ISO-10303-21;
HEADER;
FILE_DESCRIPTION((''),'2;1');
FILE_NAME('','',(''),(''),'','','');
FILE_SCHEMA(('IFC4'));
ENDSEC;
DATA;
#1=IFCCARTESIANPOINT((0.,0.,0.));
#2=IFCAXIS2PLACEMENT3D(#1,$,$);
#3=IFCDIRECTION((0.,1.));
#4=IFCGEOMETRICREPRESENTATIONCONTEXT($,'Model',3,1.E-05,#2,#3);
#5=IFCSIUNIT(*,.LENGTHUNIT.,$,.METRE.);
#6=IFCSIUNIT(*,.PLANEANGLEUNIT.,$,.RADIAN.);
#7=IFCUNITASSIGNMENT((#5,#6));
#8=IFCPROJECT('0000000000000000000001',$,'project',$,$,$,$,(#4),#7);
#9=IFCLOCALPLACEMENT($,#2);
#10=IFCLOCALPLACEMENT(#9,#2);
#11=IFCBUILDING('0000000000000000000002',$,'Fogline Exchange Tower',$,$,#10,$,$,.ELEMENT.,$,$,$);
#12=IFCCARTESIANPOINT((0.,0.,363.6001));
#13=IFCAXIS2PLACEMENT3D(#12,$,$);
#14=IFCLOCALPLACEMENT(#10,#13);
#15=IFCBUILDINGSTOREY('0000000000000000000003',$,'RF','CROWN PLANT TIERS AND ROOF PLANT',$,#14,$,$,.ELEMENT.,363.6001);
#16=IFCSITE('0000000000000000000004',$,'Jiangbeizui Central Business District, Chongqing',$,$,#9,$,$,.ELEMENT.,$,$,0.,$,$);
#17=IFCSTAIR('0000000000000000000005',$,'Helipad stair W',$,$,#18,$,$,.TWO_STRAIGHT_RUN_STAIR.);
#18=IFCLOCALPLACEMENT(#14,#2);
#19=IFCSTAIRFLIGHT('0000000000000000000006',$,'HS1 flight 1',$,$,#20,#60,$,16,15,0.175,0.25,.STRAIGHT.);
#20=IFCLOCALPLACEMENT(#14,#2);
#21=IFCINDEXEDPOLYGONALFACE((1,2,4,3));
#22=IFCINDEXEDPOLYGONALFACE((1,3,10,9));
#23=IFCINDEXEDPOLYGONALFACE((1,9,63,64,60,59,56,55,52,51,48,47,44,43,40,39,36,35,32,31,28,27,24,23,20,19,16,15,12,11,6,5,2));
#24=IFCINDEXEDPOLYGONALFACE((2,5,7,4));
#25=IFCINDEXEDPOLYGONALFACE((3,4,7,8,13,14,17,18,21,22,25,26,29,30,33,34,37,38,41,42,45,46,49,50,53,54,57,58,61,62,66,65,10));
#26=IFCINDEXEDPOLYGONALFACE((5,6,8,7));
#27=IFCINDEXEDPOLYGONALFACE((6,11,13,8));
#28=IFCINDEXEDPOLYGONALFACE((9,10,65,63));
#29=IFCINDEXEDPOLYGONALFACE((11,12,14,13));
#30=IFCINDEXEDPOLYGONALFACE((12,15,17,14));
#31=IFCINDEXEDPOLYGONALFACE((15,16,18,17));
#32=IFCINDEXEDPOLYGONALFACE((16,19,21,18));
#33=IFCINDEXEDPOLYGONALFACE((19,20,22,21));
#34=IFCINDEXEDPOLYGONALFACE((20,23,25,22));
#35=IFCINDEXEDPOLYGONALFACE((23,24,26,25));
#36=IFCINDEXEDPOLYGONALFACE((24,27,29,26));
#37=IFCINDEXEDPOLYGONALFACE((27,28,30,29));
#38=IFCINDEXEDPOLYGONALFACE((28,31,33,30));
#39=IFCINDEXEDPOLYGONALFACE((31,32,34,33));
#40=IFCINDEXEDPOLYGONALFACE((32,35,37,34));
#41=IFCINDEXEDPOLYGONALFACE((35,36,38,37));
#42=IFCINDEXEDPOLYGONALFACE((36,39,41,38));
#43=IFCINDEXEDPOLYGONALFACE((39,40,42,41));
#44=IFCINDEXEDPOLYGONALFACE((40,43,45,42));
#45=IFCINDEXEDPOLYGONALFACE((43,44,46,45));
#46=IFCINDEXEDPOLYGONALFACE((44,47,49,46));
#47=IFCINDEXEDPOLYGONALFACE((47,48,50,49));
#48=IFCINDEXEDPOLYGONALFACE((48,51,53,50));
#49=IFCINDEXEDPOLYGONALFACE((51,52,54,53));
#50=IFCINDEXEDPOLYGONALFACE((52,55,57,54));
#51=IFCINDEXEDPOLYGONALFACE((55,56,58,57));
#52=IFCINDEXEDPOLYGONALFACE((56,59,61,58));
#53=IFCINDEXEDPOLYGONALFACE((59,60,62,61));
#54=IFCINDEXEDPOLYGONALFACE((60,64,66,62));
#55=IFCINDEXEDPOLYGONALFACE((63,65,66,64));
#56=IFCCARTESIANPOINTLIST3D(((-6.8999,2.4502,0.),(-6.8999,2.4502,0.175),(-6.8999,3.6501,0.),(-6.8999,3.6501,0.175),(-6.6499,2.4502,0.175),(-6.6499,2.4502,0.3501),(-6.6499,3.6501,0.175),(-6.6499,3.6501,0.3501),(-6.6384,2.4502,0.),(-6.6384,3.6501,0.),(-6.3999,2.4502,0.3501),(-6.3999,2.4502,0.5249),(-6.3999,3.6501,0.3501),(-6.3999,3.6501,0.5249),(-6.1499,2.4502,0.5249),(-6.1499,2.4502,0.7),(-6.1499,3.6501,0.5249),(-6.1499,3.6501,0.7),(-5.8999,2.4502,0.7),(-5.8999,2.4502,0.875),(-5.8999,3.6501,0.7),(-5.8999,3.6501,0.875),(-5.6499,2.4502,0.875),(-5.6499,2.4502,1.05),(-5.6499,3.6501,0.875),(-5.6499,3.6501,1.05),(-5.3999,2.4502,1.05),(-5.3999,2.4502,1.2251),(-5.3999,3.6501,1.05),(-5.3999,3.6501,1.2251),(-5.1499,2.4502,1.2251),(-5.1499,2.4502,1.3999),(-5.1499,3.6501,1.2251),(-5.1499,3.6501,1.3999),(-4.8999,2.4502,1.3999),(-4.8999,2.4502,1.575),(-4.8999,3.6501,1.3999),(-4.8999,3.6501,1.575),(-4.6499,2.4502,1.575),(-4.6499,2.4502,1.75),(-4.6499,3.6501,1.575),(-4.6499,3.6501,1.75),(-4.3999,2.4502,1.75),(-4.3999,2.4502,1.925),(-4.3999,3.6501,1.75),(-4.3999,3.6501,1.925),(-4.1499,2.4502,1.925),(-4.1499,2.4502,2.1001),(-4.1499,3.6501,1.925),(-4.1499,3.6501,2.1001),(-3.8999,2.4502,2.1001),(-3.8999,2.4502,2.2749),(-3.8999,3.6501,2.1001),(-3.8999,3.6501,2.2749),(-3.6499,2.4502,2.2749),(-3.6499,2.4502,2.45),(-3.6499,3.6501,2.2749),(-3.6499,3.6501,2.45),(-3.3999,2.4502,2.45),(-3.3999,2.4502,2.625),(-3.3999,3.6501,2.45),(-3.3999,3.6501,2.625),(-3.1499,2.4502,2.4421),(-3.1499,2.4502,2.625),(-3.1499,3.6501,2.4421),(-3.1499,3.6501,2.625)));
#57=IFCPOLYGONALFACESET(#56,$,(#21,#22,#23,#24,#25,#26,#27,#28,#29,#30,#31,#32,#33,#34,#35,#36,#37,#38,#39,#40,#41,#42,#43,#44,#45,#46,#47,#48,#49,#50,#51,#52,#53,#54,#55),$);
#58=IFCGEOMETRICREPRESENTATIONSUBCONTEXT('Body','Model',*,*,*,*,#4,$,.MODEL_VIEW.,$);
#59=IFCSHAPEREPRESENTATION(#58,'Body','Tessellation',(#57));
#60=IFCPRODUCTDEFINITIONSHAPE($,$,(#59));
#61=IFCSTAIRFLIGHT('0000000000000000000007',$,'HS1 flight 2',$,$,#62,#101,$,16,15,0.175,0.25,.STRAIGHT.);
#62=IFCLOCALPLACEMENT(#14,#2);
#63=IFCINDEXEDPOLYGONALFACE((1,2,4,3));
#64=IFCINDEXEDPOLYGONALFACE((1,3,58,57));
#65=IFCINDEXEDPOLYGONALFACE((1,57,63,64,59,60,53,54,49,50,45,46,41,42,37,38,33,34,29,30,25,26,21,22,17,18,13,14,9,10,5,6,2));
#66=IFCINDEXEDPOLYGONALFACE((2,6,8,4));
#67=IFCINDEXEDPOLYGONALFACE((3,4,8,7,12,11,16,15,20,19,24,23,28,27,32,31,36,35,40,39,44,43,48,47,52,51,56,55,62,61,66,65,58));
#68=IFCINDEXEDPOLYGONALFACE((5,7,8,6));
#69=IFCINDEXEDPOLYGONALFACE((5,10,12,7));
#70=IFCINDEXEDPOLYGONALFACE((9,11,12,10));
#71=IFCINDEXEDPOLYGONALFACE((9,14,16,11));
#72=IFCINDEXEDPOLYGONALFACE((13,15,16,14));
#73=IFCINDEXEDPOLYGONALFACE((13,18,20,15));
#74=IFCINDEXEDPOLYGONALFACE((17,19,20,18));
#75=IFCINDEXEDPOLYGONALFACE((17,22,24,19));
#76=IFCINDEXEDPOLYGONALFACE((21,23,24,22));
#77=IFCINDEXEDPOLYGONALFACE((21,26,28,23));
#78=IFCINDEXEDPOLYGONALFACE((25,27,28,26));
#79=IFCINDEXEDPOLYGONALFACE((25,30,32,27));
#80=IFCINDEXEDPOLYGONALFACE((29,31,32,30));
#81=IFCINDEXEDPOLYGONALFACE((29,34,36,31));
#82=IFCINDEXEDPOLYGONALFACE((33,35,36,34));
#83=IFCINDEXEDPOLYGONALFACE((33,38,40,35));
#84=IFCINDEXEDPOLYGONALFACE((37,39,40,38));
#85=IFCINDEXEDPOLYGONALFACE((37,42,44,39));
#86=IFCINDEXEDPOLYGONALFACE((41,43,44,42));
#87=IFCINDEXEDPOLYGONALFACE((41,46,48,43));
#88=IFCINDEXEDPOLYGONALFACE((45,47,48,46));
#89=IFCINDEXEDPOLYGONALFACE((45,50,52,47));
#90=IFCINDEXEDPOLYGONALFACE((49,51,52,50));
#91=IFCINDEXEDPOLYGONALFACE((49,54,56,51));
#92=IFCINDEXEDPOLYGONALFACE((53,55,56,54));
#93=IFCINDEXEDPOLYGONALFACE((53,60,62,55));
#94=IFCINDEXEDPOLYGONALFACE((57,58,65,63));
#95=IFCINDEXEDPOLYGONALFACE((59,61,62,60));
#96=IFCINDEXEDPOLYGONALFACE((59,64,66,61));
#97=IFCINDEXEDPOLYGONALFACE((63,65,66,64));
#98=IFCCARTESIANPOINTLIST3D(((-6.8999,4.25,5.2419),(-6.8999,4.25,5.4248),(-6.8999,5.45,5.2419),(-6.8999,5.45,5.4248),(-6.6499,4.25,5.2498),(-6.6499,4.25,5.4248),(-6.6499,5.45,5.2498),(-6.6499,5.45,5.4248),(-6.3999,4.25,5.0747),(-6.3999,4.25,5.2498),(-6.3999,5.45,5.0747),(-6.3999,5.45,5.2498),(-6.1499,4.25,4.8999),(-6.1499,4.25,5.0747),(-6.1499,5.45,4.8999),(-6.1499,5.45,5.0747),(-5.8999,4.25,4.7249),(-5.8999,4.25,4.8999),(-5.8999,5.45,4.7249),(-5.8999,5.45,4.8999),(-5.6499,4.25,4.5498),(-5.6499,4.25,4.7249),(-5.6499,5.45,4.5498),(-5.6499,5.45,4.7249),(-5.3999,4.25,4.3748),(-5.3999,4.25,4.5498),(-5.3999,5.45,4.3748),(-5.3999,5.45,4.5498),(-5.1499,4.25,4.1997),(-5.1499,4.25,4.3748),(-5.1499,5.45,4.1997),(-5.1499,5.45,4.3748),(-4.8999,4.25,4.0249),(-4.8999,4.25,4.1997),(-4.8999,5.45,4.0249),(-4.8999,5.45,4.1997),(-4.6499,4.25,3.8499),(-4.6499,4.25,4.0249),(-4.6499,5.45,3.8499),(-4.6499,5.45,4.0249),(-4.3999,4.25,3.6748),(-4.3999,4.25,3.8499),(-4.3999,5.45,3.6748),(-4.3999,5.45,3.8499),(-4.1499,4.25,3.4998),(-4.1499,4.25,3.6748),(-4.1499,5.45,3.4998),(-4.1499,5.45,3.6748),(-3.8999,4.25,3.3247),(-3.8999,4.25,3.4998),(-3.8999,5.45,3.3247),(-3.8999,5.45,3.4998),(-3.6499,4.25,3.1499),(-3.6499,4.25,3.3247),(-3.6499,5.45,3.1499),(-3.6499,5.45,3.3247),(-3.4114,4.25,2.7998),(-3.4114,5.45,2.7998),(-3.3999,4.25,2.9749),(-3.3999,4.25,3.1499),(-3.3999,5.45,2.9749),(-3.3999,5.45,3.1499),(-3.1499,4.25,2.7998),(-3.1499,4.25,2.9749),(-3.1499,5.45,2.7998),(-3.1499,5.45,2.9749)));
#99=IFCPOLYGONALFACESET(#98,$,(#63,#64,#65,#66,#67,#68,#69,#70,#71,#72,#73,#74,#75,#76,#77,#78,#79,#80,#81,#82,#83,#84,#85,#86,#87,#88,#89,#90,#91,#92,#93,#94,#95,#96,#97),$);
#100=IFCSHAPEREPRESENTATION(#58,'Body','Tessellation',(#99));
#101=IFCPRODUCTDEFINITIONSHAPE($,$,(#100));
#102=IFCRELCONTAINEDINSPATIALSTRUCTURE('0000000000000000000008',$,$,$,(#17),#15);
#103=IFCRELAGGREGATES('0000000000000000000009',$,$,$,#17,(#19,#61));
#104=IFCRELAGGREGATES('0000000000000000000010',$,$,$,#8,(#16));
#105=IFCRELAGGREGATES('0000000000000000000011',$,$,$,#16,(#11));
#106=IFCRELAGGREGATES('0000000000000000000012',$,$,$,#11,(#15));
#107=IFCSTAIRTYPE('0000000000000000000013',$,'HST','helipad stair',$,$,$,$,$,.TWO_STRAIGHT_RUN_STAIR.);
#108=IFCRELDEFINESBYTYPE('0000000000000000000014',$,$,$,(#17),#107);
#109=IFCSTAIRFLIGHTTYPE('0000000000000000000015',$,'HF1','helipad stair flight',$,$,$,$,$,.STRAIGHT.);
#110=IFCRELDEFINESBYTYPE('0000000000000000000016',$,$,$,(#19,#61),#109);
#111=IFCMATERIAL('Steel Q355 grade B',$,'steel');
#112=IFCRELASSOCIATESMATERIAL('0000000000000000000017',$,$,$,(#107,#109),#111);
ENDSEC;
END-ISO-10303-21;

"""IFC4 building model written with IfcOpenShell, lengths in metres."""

from ifc_helpers import new_model, si_unit, direction, frame, origin, place, context, subcontext, project, spatial, polyline, outline, extrude, material, type_object, element, aggregate, save


model = new_model("IFC4")

# Units and contexts
model_context = context("Model", 3, precision=1e-05, world=origin(), true_north=direction((0.0, 1.0)))
body_context = subcontext(model_context, "Body", "Model", "MODEL_VIEW")
ifc_project = project(units=[si_unit("LENGTHUNIT", "METRE"), si_unit("PLANEANGLEUNIT", "RADIAN")], contexts=[model_context])

# Site, building, storey
site_placement = place(None, origin())
site = spatial("IfcSite", under=ifc_project, at=site_placement, Name="Jiangbeizui Central Business District, Chongqing", CompositionType="ELEMENT", RefElevation=0.0)
building_placement = place(site_placement, origin())
building = spatial("IfcBuilding", under=site, at=building_placement, Name="Fogline Exchange Tower", CompositionType="ELEMENT")
storey_placement = place(building_placement, frame((0.0, 0.0, 363.6001)))
storey = spatial("IfcBuildingStorey", under=building, at=storey_placement, Name="RF", Description="CROWN PLANT TIERS AND ROOF PLANT", CompositionType="ELEMENT", Elevation=363.6001)

# Shared definitions
ifc_material_1 = material(Name="Steel Q355 grade B", Category="steel")

# Stair, stair flights
stair_type = type_object("IfcStairType", Name="HST", Description="helipad stair", PredefinedType="TWO_STRAIGHT_RUN_STAIR", material=ifc_material_1)
stair_placement = place(storey_placement, origin())
stair = element("IfcStair", 1, at=stair_placement, inside=storey, type_object=stair_type, Name="Helipad stair W", PredefinedType="TWO_STRAIGHT_RUN_STAIR")
stair_flight_type = type_object("IfcStairFlightType", Name="HF1", Description="helipad stair flight", PredefinedType="STRAIGHT", material=ifc_material_1)
stair_flight_1_placement = place(storey_placement, frame((-6.8999, 3.05, 0.0), z_axis=(0.0, 0.0, 1.0), x_axis=(1.0, 0.0, 0.0)))
stair_flight_1 = element("IfcStairFlight", 2, at=stair_flight_1_placement, type_object=stair_flight_type, Name="HS1 flight 1", NumberOfRisers=16, NumberOfTreads=15, PredefinedType="STRAIGHT", RiserHeight=0.175, TreadLength=0.25, context=body_context, shape_type="SweptSolid", body=[
    extrude(outline(polyline([(0.0, 0.0), (0.0, 0.175), (0.25, 0.175), (0.25, 0.3501), (0.5, 0.3501), (0.5, 0.5249), (0.75, 0.5249), (0.75, 0.7), (1.0, 0.7), (1.0, 0.875), (1.25, 0.875), (1.25, 1.05), (1.5, 1.05), (1.5, 1.2251), (1.75, 1.2251), (1.75, 1.3999), (2.0, 1.3999), (2.0, 1.575), (2.25, 1.575), (2.25, 1.75), (2.5, 1.75), (2.5, 1.925), (2.75, 1.925), (2.75, 2.1001), (3.0, 2.1001), (3.0, 2.2749), (3.25, 2.2749), (3.25, 2.45), (3.5, 2.45), (3.5, 2.625), (3.75, 2.625), (3.75, 2.8), (3.75, 2.4421), (0.2615, 0.0), (0.0, 0.0)])), frame((0.0, 0.6001, 0.0), z_axis=(0.0, -1.0, 0.0), x_axis=(1.0, 0.0, 0.0)), (0.0, 0.0, 1.0), 1.2),
])
stair_flight_2_placement = place(storey_placement, frame((-3.1499, 4.8501, 2.7998), z_axis=(0.0, 0.0, 1.0), x_axis=(-1.0, 0.0, 0.0)))
stair_flight_2 = element("IfcStairFlight", 3, at=stair_flight_2_placement, type_object=stair_flight_type, Name="HS1 flight 2", NumberOfRisers=16, NumberOfTreads=15, PredefinedType="STRAIGHT", RiserHeight=0.175, TreadLength=0.25, context=body_context, shape_type="SweptSolid", body=[
    extrude(outline(polyline([(0.0, 0.0), (0.0, 0.175), (0.25, 0.175), (0.25, 0.3501), (0.5, 0.3501), (0.5, 0.5249), (0.75, 0.5249), (0.75, 0.7), (1.0, 0.7), (1.0, 0.875), (1.25, 0.875), (1.25, 1.05), (1.5, 1.05), (1.5, 1.2251), (1.75, 1.2251), (1.75, 1.3999), (2.0, 1.3999), (2.0, 1.575), (2.25, 1.575), (2.25, 1.75), (2.5, 1.75), (2.5, 1.925), (2.75, 1.925), (2.75, 2.1001), (3.0, 2.1001), (3.0, 2.2749), (3.25, 2.2749), (3.25, 2.45), (3.5, 2.45), (3.5, 2.625), (3.75, 2.625), (3.75, 2.8), (3.75, 2.4421), (0.2615, 0.0), (0.0, 0.0)])), frame((0.0, 0.6001, 0.0), z_axis=(0.0, -1.0, 0.0), x_axis=(1.0, 0.0, 0.0)), (0.0, 0.0, 1.0), 1.2),
])
aggregate(stair, [stair_flight_1, stair_flight_2])

save(model, "model.ifc")
